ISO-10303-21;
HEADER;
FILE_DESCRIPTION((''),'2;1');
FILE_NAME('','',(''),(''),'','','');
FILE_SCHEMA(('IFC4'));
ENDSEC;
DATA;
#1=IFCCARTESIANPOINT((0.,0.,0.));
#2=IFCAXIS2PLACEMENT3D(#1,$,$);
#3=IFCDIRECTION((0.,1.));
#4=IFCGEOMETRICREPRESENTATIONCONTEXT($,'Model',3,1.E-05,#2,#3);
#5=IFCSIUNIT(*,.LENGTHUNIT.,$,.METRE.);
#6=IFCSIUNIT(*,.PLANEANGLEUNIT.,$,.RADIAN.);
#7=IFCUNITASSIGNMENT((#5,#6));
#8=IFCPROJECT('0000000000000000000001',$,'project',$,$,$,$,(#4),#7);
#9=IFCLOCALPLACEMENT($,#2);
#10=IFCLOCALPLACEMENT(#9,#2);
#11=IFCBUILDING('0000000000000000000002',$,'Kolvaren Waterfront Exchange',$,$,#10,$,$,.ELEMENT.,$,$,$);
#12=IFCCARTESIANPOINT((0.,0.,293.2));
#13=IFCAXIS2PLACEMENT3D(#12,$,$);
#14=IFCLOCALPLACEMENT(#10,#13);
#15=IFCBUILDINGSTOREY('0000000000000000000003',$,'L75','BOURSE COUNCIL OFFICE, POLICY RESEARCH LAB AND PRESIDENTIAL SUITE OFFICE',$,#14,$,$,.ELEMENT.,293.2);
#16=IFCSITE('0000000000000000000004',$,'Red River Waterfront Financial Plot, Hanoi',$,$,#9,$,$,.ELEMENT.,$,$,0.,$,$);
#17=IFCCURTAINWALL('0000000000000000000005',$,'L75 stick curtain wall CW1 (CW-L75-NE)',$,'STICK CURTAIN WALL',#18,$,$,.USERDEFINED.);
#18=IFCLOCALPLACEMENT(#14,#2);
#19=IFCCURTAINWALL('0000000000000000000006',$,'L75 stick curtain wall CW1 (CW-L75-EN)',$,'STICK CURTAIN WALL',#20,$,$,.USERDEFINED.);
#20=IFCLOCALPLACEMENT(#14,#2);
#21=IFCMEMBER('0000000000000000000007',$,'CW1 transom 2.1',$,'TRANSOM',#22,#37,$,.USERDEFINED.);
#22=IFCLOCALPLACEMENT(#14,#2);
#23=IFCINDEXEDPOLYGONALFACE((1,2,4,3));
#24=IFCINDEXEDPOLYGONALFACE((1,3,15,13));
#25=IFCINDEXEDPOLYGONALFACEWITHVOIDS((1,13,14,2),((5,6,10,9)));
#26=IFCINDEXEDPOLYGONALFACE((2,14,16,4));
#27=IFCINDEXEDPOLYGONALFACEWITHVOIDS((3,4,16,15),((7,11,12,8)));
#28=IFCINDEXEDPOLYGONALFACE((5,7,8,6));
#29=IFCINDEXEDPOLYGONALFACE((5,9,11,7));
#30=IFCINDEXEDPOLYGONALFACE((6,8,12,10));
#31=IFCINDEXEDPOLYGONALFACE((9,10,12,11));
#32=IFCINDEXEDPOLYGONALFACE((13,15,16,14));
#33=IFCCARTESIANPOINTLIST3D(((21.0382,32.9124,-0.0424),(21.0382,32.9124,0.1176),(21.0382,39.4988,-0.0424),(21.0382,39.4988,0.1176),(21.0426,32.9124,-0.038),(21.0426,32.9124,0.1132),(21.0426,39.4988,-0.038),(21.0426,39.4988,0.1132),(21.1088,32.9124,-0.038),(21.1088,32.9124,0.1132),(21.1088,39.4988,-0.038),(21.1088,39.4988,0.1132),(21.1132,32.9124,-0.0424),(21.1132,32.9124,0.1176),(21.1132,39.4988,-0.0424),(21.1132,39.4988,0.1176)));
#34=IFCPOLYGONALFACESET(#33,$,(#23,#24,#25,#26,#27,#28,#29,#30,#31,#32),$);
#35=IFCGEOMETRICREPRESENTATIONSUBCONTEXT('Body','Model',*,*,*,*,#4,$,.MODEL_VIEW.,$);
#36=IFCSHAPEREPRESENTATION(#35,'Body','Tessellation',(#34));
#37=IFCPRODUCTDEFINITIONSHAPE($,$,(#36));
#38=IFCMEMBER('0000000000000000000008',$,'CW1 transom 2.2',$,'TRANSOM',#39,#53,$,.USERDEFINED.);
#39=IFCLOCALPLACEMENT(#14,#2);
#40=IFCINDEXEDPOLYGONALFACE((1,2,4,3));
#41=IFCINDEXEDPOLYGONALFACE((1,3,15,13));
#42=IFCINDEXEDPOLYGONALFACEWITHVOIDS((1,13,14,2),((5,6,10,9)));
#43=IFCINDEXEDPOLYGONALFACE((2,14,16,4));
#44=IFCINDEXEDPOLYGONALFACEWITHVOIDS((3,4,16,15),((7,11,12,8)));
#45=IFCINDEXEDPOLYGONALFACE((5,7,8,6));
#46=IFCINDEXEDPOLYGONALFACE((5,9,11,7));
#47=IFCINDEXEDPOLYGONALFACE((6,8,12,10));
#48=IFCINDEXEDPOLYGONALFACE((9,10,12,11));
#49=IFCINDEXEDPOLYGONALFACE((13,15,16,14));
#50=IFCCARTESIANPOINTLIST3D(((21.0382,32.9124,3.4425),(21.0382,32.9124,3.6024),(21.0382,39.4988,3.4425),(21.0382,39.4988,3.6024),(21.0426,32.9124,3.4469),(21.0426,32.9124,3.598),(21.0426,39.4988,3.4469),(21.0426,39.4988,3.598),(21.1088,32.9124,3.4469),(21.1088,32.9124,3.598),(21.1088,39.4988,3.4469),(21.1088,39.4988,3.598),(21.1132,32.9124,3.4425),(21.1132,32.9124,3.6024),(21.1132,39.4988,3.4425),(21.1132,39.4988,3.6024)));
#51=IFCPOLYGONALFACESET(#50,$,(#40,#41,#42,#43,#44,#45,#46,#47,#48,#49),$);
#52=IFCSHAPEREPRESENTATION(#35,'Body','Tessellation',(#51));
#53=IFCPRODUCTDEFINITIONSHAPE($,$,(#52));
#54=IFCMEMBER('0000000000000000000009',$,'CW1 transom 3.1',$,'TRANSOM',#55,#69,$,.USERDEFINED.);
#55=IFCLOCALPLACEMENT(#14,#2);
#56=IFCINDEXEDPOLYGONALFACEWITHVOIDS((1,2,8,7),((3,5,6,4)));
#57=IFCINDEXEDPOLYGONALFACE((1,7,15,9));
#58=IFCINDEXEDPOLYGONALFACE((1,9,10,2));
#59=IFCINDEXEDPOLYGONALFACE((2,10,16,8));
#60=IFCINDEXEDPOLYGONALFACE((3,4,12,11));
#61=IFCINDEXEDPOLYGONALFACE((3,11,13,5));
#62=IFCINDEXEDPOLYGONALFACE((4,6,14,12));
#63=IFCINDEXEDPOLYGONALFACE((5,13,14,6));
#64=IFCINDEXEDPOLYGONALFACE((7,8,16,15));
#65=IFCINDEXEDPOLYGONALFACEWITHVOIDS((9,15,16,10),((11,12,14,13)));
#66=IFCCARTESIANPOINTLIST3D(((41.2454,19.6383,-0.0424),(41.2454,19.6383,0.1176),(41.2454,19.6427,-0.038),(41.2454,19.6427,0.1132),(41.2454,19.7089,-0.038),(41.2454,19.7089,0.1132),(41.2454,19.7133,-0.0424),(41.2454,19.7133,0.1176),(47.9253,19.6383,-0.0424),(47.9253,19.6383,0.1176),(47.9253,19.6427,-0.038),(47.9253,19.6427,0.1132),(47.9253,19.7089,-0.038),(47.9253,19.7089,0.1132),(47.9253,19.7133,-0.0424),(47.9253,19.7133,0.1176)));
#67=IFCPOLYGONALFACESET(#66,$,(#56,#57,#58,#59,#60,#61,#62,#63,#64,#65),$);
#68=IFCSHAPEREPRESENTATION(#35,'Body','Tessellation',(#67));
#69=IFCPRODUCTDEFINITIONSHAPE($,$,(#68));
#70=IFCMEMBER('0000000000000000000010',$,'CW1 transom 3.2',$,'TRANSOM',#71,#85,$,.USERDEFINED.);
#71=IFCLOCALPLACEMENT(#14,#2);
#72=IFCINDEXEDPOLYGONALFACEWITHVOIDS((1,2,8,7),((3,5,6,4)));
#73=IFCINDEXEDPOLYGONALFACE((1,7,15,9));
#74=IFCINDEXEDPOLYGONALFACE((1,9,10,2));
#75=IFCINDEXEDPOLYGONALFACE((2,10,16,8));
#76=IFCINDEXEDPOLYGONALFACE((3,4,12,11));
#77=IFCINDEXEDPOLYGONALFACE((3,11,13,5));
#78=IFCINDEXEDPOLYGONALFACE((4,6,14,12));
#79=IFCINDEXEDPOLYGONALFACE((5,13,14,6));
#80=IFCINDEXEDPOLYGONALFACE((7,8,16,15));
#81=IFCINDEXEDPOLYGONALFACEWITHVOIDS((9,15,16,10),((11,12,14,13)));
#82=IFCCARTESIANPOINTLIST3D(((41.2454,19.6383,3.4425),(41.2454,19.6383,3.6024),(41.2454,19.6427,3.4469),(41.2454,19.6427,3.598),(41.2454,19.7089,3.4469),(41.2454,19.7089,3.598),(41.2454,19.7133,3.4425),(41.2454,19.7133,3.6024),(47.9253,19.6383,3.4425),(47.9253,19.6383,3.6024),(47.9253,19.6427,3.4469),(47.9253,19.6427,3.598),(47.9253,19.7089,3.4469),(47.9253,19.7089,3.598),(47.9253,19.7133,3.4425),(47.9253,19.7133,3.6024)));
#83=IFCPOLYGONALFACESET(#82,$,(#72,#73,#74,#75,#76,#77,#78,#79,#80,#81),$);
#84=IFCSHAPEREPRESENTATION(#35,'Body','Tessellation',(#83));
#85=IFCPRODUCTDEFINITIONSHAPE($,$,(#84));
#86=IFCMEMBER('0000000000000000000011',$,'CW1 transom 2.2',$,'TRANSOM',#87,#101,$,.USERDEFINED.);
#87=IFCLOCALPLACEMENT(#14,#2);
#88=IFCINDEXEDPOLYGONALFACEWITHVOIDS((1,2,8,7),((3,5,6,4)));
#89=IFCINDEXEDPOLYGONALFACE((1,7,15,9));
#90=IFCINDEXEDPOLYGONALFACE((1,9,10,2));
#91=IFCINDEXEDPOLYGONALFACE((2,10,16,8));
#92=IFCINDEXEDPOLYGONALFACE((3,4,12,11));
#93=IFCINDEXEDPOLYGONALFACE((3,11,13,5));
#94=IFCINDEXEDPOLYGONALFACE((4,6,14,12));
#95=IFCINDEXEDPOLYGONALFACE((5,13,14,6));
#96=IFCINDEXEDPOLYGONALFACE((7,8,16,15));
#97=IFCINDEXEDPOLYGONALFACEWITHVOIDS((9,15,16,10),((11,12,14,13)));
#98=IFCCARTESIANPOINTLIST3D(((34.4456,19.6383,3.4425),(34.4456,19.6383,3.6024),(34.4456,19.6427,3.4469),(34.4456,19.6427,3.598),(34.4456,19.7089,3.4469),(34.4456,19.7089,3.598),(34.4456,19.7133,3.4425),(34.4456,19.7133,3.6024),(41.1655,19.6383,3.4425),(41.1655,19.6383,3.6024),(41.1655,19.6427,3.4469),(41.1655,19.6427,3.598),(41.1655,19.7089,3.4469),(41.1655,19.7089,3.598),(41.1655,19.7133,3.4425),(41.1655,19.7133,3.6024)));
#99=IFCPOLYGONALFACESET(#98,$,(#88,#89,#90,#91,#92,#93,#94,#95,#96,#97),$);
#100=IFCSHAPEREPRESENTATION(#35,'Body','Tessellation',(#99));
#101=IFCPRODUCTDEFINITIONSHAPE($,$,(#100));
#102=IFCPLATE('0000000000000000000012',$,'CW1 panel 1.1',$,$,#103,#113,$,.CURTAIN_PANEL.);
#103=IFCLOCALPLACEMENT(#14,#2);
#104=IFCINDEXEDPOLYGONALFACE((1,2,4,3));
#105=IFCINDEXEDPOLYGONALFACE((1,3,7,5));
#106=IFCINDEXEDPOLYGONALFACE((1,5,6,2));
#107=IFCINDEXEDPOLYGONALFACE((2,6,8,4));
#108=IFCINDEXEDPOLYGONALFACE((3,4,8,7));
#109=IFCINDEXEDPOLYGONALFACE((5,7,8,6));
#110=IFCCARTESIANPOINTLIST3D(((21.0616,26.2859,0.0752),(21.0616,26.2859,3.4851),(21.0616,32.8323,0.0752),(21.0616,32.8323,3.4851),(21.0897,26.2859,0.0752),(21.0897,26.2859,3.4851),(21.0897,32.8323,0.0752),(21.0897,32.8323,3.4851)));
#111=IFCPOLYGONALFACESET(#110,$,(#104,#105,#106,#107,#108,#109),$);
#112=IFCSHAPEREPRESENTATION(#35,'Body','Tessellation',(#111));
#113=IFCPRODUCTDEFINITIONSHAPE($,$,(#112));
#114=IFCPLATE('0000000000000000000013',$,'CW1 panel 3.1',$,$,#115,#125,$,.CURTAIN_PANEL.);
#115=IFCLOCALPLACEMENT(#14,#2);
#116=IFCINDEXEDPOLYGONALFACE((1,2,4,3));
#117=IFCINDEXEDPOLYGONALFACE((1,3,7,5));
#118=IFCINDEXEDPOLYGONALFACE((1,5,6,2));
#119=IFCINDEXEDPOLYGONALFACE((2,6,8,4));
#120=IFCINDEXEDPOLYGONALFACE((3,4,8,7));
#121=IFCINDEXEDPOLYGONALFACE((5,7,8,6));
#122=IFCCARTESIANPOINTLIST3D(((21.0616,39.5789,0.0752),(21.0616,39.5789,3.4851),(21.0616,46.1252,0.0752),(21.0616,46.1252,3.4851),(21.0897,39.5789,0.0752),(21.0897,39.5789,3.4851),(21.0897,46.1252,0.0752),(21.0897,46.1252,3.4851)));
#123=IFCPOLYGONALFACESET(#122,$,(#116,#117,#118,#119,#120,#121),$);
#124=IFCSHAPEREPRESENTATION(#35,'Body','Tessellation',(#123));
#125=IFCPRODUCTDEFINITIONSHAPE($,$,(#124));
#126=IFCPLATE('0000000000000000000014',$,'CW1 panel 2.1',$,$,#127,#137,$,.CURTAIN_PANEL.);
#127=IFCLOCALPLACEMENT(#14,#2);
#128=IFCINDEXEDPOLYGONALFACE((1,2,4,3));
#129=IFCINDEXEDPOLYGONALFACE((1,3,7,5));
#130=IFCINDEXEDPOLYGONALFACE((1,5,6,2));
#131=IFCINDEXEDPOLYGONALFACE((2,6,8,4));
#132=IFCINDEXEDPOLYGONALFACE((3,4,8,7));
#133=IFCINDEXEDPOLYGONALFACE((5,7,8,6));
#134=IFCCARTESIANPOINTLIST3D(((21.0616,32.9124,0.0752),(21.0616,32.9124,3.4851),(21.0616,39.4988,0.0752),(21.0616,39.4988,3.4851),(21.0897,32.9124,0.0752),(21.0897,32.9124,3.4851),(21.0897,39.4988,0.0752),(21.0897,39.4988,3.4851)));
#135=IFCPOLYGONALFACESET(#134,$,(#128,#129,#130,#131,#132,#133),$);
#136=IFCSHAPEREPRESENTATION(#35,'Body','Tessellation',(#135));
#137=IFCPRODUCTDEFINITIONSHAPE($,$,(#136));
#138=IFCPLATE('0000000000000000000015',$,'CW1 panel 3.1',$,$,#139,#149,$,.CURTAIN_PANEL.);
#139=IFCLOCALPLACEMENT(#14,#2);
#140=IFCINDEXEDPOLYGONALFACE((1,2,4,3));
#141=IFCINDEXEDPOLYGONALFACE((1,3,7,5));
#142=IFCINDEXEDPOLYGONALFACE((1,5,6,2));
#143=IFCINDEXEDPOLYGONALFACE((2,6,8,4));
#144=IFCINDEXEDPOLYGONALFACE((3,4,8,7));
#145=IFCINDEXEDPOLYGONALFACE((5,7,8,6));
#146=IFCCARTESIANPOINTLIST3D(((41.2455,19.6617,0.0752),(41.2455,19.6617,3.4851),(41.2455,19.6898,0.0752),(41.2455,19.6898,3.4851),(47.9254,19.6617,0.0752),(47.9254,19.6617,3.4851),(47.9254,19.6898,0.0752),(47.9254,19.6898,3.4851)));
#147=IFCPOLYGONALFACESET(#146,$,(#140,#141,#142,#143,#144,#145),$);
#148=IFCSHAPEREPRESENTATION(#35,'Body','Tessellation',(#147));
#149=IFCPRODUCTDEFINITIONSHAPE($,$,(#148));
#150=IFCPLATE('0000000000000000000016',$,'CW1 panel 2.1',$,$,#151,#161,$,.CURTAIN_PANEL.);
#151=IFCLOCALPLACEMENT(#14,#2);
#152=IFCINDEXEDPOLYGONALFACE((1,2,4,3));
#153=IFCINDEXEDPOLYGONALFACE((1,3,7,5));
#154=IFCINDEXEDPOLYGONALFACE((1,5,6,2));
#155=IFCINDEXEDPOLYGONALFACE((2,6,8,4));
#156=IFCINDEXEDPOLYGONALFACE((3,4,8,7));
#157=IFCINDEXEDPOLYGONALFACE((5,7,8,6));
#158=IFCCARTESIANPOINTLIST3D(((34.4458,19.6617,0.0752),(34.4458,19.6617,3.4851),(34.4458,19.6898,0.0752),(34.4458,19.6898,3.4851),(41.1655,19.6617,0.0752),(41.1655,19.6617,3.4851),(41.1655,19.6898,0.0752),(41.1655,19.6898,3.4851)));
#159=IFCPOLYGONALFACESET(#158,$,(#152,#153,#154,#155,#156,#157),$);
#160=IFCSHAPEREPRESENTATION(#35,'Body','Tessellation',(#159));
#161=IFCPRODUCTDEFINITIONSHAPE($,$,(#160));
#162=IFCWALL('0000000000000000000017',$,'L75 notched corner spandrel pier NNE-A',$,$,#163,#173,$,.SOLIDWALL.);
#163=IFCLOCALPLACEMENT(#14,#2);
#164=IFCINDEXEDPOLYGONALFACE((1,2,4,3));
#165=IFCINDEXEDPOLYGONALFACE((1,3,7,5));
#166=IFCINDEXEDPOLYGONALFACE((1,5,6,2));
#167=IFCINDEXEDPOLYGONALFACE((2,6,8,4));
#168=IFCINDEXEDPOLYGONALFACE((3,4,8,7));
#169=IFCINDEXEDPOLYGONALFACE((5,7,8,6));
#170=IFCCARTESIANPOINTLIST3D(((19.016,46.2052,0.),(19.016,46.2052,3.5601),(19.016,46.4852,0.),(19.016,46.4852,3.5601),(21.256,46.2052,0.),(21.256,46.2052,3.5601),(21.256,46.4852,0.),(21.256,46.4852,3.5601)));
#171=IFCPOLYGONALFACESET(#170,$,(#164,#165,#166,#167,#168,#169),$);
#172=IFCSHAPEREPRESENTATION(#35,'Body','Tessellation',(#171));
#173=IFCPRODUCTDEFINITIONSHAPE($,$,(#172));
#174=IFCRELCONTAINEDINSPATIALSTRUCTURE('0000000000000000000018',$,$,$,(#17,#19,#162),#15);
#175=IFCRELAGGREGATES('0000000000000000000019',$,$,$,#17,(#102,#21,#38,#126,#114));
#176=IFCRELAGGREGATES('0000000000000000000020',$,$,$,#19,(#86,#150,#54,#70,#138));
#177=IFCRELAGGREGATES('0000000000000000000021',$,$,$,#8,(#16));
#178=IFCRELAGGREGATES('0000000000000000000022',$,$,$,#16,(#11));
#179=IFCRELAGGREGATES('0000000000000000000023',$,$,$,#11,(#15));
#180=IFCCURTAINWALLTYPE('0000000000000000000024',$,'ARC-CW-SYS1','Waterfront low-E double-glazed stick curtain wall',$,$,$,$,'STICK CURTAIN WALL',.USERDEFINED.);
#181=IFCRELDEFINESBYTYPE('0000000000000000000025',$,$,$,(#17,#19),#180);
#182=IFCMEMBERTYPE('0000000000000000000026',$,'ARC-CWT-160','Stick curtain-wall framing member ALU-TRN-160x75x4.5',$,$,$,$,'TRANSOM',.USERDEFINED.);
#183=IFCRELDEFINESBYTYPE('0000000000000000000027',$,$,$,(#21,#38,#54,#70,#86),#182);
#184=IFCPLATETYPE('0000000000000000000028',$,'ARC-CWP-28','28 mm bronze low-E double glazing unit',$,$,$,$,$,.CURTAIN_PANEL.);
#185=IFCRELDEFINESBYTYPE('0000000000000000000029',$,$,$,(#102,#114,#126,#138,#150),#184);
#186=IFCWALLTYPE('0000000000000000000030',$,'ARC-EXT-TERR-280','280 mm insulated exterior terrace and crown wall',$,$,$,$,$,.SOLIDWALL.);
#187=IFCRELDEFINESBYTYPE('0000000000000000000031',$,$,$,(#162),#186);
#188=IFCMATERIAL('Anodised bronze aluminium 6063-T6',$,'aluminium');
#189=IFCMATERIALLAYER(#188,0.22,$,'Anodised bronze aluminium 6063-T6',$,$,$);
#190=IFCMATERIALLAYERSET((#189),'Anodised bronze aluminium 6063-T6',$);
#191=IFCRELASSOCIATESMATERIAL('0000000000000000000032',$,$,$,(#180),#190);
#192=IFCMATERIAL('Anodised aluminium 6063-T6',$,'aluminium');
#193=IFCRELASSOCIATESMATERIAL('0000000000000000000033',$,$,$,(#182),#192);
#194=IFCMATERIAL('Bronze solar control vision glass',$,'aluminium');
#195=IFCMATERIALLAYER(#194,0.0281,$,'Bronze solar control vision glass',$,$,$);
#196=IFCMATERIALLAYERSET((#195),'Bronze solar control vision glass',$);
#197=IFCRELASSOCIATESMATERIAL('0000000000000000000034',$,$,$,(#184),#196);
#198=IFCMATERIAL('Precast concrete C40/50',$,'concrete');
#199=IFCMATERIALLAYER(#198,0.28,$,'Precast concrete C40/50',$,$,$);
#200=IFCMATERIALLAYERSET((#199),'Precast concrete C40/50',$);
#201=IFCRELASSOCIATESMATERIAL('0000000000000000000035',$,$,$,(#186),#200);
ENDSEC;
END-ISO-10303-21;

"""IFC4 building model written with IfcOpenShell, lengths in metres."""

from ifc_helpers import new_model, si_unit, direction, frame, frame_2d, origin, origin_with_axes, origin_2d, place, context, subcontext, project, spatial, rectangle, hollow_rectangle, extrude, source, transform, mapped, material, layer, layer_set, material_profile, profile_set, type_object, element, aggregate, save


model = new_model("IFC4")

# Units and contexts
model_context = context("Model", 3, precision=1e-05, world=origin(), true_north=direction((0.0, 1.0)))
body_context = subcontext(model_context, "Body", "Model", "MODEL_VIEW")
ifc_project = project(units=[si_unit("LENGTHUNIT", "METRE"), si_unit("PLANEANGLEUNIT", "RADIAN")], contexts=[model_context])

# Site, building, storey
site_placement = place(None, origin())
site = spatial("IfcSite", under=ifc_project, at=site_placement, Name="Red River Waterfront Financial Plot, Hanoi", CompositionType="ELEMENT", RefElevation=0.0)
building_placement = place(site_placement, origin())
building = spatial("IfcBuilding", under=site, at=building_placement, Name="Kolvaren Waterfront Exchange", CompositionType="ELEMENT")
storey_placement = place(building_placement, frame((0.0, 0.0, 293.2)))
storey = spatial("IfcBuildingStorey", under=building, at=storey_placement, Name="L75", Description="BOURSE COUNCIL OFFICE, POLICY RESEARCH LAB AND PRESIDENTIAL SUITE OFFICE", CompositionType="ELEMENT", Elevation=293.2)

# Curtain walls
ifc_material_1 = material(Name="Anodised bronze aluminium 6063-T6", Category="aluminium")
ifc_layer_1 = layer(ifc_material_1, 0.22, Name="Anodised bronze aluminium 6063-T6")
ifc_layer_set_1 = layer_set([ifc_layer_1], Name="Anodised bronze aluminium 6063-T6")
curtain_wall_type = type_object("IfcCurtainWallType", Name="ARC-CW-SYS1", Description="Waterfront low-E double-glazed stick curtain wall", ElementType="STICK CURTAIN WALL", PredefinedType="USERDEFINED", material=ifc_layer_set_1)
curtain_wall_1_placement = place(storey_placement, origin())
curtain_wall_1 = element("IfcCurtainWall", 1, at=curtain_wall_1_placement, inside=storey, type_object=curtain_wall_type, Name="L75 stick curtain wall CW1 (CW-L75-NE)", ObjectType="STICK CURTAIN WALL", PredefinedType="USERDEFINED")
ifc_material_2 = material(Name="Anodised aluminium 6063-T6", Category="aluminium")
curtain_wall_2_placement = place(storey_placement, origin())
curtain_wall_2 = element("IfcCurtainWall", 2, at=curtain_wall_2_placement, inside=storey, type_object=curtain_wall_type, Name="L75 stick curtain wall CW1 (CW-L75-EN)", ObjectType="STICK CURTAIN WALL", PredefinedType="USERDEFINED")

# Members
ifc_material_profile_1 = material_profile(ifc_material_2, hollow_rectangle(XDim=0.075, YDim=0.1599, WallThickness=0.0044, at=origin_2d()), Name="ALU-TRN-160x75x4.5")
ifc_profile_set_1 = profile_set([ifc_material_profile_1], Name="Anodised aluminium 6063-T6")
member_type_1 = type_object("IfcMemberType", Name="ARC-CWT-160", Description="Stick curtain-wall framing member ALU-TRN-160x75x4.5", ElementType="TRANSOM", PredefinedType="USERDEFINED", material=ifc_profile_set_1)
shared_shape_1 = source(origin_with_axes(), body_context, "Body", "SweptSolid", [
    extrude(hollow_rectangle(XDim=0.075, YDim=0.1599, WallThickness=0.0044, at=origin_2d()), origin(), (0.0, 0.0, 1.0), 6.5864),
])
member_1_placement = place(storey_placement, frame((21.0757, 32.9124, 0.0376), z_axis=(0.0, 1.0, 0.0), x_axis=(-1.0, 0.0, 0.0)))
member_1 = element("IfcMember", 3, at=member_1_placement, type_object=member_type_1, Name="CW1 transom 2.1", ObjectType="TRANSOM", PredefinedType="USERDEFINED", context=body_context, shape_type="MappedRepresentation", body=[
    mapped(shared_shape_1, transform((0.0, 0.0, 0.0), x_axis=(1.0, 0.0, 0.0), y_axis=(0.0, 1.0, 0.0), z_axis=(0.0, 0.0, 1.0), scale=1.0)),
])
member_2_placement = place(storey_placement, frame((21.0757, 32.9124, 3.5225), z_axis=(0.0, 1.0, 0.0), x_axis=(-1.0, 0.0, 0.0)))
member_2 = element("IfcMember", 4, at=member_2_placement, type_object=member_type_1, Name="CW1 transom 2.2", ObjectType="TRANSOM", PredefinedType="USERDEFINED", context=body_context, shape_type="MappedRepresentation", body=[
    mapped(shared_shape_1, transform((0.0, 0.0, 0.0), x_axis=(1.0, 0.0, 0.0), y_axis=(0.0, 1.0, 0.0), z_axis=(0.0, 0.0, 1.0), scale=1.0)),
])
shared_shape_2 = source(origin_with_axes(), body_context, "Body", "SweptSolid", [
    extrude(hollow_rectangle(XDim=0.075, YDim=0.1599, WallThickness=0.0044, at=origin_2d()), origin(), (0.0, 0.0, 1.0), 6.6799),
])
member_3_placement = place(storey_placement, frame((41.2454, 19.6758, 0.0376), z_axis=(1.0, 0.0, 0.0), x_axis=(0.0, 1.0, 0.0)))
member_3 = element("IfcMember", 5, at=member_3_placement, type_object=member_type_1, Name="CW1 transom 3.1", ObjectType="TRANSOM", PredefinedType="USERDEFINED", context=body_context, shape_type="MappedRepresentation", body=[
    mapped(shared_shape_2, transform((0.0, 0.0, 0.0), x_axis=(1.0, 0.0, 0.0), y_axis=(0.0, 1.0, 0.0), z_axis=(0.0, 0.0, 1.0), scale=1.0)),
])
member_4_placement = place(storey_placement, frame((41.2454, 19.6758, 3.5225), z_axis=(1.0, 0.0, 0.0), x_axis=(0.0, 1.0, 0.0)))
member_4 = element("IfcMember", 6, at=member_4_placement, type_object=member_type_1, Name="CW1 transom 3.2", ObjectType="TRANSOM", PredefinedType="USERDEFINED", context=body_context, shape_type="MappedRepresentation", body=[
    mapped(shared_shape_2, transform((0.0, 0.0, 0.0), x_axis=(1.0, 0.0, 0.0), y_axis=(0.0, 1.0, 0.0), z_axis=(0.0, 0.0, 1.0), scale=1.0)),
])
shared_shape_3 = source(origin_with_axes(), body_context, "Body", "SweptSolid", [
    extrude(hollow_rectangle(XDim=0.075, YDim=0.1599, WallThickness=0.0044, at=origin_2d()), origin(), (0.0, 0.0, 1.0), 6.72),
])
member_5_placement = place(storey_placement, frame((34.4456, 19.6758, 3.5225), z_axis=(1.0, 0.0, 0.0), x_axis=(0.0, 1.0, 0.0)))
member_5 = element("IfcMember", 7, at=member_5_placement, type_object=member_type_1, Name="CW1 transom 2.2", ObjectType="TRANSOM", PredefinedType="USERDEFINED", context=body_context, shape_type="MappedRepresentation", body=[
    mapped(shared_shape_3, transform((0.0, 0.0, 0.0), x_axis=(1.0, 0.0, 0.0), y_axis=(0.0, 1.0, 0.0), z_axis=(0.0, 0.0, 1.0), scale=1.0)),
])

# Plates
ifc_material_3 = material(Name="Bronze solar control vision glass", Category="aluminium")
ifc_layer_2 = layer(ifc_material_3, 0.0281, Name="Bronze solar control vision glass")
ifc_layer_set_2 = layer_set([ifc_layer_2], Name="Bronze solar control vision glass")
plate_type = type_object("IfcPlateType", Name="ARC-CWP-28", Description="28 mm bronze low-E double glazing unit", PredefinedType="CURTAIN_PANEL", material=ifc_layer_set_2)
shared_shape_4 = source(origin_with_axes(), body_context, "Body", "SweptSolid", [
    extrude(rectangle(XDim=6.5464, YDim=0.0281, at=origin_2d()), origin(), (0.0, 0.0, 1.0), 3.4099),
])
plate_1_placement = place(storey_placement, frame((21.0757, 29.5591, 0.0752), z_axis=(0.0, 0.0, 1.0), x_axis=(0.0, 1.0, 0.0)))
plate_1 = element("IfcPlate", 8, at=plate_1_placement, type_object=plate_type, Name="CW1 panel 1.1", PredefinedType="CURTAIN_PANEL", context=body_context, shape_type="MappedRepresentation", body=[
    mapped(shared_shape_4, transform((0.0, 0.0, 0.0), x_axis=(1.0, 0.0, 0.0), y_axis=(0.0, 1.0, 0.0), z_axis=(0.0, 0.0, 1.0), scale=1.0)),
])
plate_2_placement = place(storey_placement, frame((21.0757, 42.8521, 0.0752), z_axis=(0.0, 0.0, 1.0), x_axis=(0.0, 1.0, 0.0)))
plate_2 = element("IfcPlate", 9, at=plate_2_placement, type_object=plate_type, Name="CW1 panel 3.1", PredefinedType="CURTAIN_PANEL", context=body_context, shape_type="MappedRepresentation", body=[
    mapped(shared_shape_4, transform((0.0, 0.0, 0.0), x_axis=(1.0, 0.0, 0.0), y_axis=(0.0, 1.0, 0.0), z_axis=(0.0, 0.0, 1.0), scale=1.0)),
])
shared_shape_5 = source(origin_with_axes(), body_context, "Body", "SweptSolid", [
    extrude(rectangle(XDim=6.5864, YDim=0.0281, at=origin_2d()), origin(), (0.0, 0.0, 1.0), 3.4099),
])
plate_3_placement = place(storey_placement, frame((21.0757, 36.2056, 0.0752), z_axis=(0.0, 0.0, 1.0), x_axis=(0.0, 1.0, 0.0)))
plate_3 = element("IfcPlate", 10, at=plate_3_placement, type_object=plate_type, Name="CW1 panel 2.1", PredefinedType="CURTAIN_PANEL", context=body_context, shape_type="MappedRepresentation", body=[
    mapped(shared_shape_5, transform((0.0, 0.0, 0.0), x_axis=(1.0, 0.0, 0.0), y_axis=(0.0, 1.0, 0.0), z_axis=(0.0, 0.0, 1.0), scale=1.0)),
])
aggregate(curtain_wall_1, [plate_1, member_1, member_2, plate_3, plate_2])
shared_shape_6 = source(origin_with_axes(), body_context, "Body", "SweptSolid", [
    extrude(rectangle(XDim=6.6799, YDim=0.0281, at=origin_2d()), origin(), (0.0, 0.0, 1.0), 3.4099),
])
plate_4_placement = place(storey_placement, frame((44.5854, 19.6758, 0.0752), z_axis=(0.0, 0.0, 1.0), x_axis=(1.0, 0.0, 0.0)))
plate_4 = element("IfcPlate", 11, at=plate_4_placement, type_object=plate_type, Name="CW1 panel 3.1", PredefinedType="CURTAIN_PANEL", context=body_context, shape_type="MappedRepresentation", body=[
    mapped(shared_shape_6, transform((0.0, 0.0, 0.0), x_axis=(1.0, 0.0, 0.0), y_axis=(0.0, 1.0, 0.0), z_axis=(0.0, 0.0, 1.0), scale=1.0)),
])
shared_shape_7 = source(origin_with_axes(), body_context, "Body", "SweptSolid", [
    extrude(rectangle(XDim=6.7197, YDim=0.0281, at=origin_2d()), origin(), (0.0, 0.0, 1.0), 3.4099),
])
plate_5_placement = place(storey_placement, frame((37.8057, 19.6758, 0.0752), z_axis=(0.0, 0.0, 1.0), x_axis=(1.0, 0.0, 0.0)))
plate_5 = element("IfcPlate", 12, at=plate_5_placement, type_object=plate_type, Name="CW1 panel 2.1", PredefinedType="CURTAIN_PANEL", context=body_context, shape_type="MappedRepresentation", body=[
    mapped(shared_shape_7, transform((0.0, 0.0, 0.0), x_axis=(1.0, 0.0, 0.0), y_axis=(0.0, 1.0, 0.0), z_axis=(0.0, 0.0, 1.0), scale=1.0)),
])
aggregate(curtain_wall_2, [member_5, plate_5, member_3, member_4, plate_4])

# Wall
ifc_material_4 = material(Name="Precast concrete C40/50", Category="concrete")
ifc_layer_3 = layer(ifc_material_4, 0.28, Name="Precast concrete C40/50")
ifc_layer_set_3 = layer_set([ifc_layer_3], Name="Precast concrete C40/50")
wall_type = type_object("IfcWallType", Name="ARC-EXT-TERR-280", Description="280 mm insulated exterior terrace and crown wall", PredefinedType="SOLIDWALL", material=ifc_layer_set_3)
wall_1_placement = place(storey_placement, frame((19.0159, 46.3452, 0.0), z_axis=(0.0, 0.0, 1.0), x_axis=(1.0, 0.0, 0.0)))
element("IfcWall", 13, at=wall_1_placement, inside=storey, type_object=wall_type, Name="L75 notched corner spandrel pier NNE-A", PredefinedType="SOLIDWALL", context=body_context, shape_type="SweptSolid", body=[
    extrude(rectangle(XDim=2.24, YDim=0.28, at=frame_2d((1.1201, 0.0))), origin(), (0.0, 0.0, 1.0), 3.5601),
])

save(model, "model.ifc")
